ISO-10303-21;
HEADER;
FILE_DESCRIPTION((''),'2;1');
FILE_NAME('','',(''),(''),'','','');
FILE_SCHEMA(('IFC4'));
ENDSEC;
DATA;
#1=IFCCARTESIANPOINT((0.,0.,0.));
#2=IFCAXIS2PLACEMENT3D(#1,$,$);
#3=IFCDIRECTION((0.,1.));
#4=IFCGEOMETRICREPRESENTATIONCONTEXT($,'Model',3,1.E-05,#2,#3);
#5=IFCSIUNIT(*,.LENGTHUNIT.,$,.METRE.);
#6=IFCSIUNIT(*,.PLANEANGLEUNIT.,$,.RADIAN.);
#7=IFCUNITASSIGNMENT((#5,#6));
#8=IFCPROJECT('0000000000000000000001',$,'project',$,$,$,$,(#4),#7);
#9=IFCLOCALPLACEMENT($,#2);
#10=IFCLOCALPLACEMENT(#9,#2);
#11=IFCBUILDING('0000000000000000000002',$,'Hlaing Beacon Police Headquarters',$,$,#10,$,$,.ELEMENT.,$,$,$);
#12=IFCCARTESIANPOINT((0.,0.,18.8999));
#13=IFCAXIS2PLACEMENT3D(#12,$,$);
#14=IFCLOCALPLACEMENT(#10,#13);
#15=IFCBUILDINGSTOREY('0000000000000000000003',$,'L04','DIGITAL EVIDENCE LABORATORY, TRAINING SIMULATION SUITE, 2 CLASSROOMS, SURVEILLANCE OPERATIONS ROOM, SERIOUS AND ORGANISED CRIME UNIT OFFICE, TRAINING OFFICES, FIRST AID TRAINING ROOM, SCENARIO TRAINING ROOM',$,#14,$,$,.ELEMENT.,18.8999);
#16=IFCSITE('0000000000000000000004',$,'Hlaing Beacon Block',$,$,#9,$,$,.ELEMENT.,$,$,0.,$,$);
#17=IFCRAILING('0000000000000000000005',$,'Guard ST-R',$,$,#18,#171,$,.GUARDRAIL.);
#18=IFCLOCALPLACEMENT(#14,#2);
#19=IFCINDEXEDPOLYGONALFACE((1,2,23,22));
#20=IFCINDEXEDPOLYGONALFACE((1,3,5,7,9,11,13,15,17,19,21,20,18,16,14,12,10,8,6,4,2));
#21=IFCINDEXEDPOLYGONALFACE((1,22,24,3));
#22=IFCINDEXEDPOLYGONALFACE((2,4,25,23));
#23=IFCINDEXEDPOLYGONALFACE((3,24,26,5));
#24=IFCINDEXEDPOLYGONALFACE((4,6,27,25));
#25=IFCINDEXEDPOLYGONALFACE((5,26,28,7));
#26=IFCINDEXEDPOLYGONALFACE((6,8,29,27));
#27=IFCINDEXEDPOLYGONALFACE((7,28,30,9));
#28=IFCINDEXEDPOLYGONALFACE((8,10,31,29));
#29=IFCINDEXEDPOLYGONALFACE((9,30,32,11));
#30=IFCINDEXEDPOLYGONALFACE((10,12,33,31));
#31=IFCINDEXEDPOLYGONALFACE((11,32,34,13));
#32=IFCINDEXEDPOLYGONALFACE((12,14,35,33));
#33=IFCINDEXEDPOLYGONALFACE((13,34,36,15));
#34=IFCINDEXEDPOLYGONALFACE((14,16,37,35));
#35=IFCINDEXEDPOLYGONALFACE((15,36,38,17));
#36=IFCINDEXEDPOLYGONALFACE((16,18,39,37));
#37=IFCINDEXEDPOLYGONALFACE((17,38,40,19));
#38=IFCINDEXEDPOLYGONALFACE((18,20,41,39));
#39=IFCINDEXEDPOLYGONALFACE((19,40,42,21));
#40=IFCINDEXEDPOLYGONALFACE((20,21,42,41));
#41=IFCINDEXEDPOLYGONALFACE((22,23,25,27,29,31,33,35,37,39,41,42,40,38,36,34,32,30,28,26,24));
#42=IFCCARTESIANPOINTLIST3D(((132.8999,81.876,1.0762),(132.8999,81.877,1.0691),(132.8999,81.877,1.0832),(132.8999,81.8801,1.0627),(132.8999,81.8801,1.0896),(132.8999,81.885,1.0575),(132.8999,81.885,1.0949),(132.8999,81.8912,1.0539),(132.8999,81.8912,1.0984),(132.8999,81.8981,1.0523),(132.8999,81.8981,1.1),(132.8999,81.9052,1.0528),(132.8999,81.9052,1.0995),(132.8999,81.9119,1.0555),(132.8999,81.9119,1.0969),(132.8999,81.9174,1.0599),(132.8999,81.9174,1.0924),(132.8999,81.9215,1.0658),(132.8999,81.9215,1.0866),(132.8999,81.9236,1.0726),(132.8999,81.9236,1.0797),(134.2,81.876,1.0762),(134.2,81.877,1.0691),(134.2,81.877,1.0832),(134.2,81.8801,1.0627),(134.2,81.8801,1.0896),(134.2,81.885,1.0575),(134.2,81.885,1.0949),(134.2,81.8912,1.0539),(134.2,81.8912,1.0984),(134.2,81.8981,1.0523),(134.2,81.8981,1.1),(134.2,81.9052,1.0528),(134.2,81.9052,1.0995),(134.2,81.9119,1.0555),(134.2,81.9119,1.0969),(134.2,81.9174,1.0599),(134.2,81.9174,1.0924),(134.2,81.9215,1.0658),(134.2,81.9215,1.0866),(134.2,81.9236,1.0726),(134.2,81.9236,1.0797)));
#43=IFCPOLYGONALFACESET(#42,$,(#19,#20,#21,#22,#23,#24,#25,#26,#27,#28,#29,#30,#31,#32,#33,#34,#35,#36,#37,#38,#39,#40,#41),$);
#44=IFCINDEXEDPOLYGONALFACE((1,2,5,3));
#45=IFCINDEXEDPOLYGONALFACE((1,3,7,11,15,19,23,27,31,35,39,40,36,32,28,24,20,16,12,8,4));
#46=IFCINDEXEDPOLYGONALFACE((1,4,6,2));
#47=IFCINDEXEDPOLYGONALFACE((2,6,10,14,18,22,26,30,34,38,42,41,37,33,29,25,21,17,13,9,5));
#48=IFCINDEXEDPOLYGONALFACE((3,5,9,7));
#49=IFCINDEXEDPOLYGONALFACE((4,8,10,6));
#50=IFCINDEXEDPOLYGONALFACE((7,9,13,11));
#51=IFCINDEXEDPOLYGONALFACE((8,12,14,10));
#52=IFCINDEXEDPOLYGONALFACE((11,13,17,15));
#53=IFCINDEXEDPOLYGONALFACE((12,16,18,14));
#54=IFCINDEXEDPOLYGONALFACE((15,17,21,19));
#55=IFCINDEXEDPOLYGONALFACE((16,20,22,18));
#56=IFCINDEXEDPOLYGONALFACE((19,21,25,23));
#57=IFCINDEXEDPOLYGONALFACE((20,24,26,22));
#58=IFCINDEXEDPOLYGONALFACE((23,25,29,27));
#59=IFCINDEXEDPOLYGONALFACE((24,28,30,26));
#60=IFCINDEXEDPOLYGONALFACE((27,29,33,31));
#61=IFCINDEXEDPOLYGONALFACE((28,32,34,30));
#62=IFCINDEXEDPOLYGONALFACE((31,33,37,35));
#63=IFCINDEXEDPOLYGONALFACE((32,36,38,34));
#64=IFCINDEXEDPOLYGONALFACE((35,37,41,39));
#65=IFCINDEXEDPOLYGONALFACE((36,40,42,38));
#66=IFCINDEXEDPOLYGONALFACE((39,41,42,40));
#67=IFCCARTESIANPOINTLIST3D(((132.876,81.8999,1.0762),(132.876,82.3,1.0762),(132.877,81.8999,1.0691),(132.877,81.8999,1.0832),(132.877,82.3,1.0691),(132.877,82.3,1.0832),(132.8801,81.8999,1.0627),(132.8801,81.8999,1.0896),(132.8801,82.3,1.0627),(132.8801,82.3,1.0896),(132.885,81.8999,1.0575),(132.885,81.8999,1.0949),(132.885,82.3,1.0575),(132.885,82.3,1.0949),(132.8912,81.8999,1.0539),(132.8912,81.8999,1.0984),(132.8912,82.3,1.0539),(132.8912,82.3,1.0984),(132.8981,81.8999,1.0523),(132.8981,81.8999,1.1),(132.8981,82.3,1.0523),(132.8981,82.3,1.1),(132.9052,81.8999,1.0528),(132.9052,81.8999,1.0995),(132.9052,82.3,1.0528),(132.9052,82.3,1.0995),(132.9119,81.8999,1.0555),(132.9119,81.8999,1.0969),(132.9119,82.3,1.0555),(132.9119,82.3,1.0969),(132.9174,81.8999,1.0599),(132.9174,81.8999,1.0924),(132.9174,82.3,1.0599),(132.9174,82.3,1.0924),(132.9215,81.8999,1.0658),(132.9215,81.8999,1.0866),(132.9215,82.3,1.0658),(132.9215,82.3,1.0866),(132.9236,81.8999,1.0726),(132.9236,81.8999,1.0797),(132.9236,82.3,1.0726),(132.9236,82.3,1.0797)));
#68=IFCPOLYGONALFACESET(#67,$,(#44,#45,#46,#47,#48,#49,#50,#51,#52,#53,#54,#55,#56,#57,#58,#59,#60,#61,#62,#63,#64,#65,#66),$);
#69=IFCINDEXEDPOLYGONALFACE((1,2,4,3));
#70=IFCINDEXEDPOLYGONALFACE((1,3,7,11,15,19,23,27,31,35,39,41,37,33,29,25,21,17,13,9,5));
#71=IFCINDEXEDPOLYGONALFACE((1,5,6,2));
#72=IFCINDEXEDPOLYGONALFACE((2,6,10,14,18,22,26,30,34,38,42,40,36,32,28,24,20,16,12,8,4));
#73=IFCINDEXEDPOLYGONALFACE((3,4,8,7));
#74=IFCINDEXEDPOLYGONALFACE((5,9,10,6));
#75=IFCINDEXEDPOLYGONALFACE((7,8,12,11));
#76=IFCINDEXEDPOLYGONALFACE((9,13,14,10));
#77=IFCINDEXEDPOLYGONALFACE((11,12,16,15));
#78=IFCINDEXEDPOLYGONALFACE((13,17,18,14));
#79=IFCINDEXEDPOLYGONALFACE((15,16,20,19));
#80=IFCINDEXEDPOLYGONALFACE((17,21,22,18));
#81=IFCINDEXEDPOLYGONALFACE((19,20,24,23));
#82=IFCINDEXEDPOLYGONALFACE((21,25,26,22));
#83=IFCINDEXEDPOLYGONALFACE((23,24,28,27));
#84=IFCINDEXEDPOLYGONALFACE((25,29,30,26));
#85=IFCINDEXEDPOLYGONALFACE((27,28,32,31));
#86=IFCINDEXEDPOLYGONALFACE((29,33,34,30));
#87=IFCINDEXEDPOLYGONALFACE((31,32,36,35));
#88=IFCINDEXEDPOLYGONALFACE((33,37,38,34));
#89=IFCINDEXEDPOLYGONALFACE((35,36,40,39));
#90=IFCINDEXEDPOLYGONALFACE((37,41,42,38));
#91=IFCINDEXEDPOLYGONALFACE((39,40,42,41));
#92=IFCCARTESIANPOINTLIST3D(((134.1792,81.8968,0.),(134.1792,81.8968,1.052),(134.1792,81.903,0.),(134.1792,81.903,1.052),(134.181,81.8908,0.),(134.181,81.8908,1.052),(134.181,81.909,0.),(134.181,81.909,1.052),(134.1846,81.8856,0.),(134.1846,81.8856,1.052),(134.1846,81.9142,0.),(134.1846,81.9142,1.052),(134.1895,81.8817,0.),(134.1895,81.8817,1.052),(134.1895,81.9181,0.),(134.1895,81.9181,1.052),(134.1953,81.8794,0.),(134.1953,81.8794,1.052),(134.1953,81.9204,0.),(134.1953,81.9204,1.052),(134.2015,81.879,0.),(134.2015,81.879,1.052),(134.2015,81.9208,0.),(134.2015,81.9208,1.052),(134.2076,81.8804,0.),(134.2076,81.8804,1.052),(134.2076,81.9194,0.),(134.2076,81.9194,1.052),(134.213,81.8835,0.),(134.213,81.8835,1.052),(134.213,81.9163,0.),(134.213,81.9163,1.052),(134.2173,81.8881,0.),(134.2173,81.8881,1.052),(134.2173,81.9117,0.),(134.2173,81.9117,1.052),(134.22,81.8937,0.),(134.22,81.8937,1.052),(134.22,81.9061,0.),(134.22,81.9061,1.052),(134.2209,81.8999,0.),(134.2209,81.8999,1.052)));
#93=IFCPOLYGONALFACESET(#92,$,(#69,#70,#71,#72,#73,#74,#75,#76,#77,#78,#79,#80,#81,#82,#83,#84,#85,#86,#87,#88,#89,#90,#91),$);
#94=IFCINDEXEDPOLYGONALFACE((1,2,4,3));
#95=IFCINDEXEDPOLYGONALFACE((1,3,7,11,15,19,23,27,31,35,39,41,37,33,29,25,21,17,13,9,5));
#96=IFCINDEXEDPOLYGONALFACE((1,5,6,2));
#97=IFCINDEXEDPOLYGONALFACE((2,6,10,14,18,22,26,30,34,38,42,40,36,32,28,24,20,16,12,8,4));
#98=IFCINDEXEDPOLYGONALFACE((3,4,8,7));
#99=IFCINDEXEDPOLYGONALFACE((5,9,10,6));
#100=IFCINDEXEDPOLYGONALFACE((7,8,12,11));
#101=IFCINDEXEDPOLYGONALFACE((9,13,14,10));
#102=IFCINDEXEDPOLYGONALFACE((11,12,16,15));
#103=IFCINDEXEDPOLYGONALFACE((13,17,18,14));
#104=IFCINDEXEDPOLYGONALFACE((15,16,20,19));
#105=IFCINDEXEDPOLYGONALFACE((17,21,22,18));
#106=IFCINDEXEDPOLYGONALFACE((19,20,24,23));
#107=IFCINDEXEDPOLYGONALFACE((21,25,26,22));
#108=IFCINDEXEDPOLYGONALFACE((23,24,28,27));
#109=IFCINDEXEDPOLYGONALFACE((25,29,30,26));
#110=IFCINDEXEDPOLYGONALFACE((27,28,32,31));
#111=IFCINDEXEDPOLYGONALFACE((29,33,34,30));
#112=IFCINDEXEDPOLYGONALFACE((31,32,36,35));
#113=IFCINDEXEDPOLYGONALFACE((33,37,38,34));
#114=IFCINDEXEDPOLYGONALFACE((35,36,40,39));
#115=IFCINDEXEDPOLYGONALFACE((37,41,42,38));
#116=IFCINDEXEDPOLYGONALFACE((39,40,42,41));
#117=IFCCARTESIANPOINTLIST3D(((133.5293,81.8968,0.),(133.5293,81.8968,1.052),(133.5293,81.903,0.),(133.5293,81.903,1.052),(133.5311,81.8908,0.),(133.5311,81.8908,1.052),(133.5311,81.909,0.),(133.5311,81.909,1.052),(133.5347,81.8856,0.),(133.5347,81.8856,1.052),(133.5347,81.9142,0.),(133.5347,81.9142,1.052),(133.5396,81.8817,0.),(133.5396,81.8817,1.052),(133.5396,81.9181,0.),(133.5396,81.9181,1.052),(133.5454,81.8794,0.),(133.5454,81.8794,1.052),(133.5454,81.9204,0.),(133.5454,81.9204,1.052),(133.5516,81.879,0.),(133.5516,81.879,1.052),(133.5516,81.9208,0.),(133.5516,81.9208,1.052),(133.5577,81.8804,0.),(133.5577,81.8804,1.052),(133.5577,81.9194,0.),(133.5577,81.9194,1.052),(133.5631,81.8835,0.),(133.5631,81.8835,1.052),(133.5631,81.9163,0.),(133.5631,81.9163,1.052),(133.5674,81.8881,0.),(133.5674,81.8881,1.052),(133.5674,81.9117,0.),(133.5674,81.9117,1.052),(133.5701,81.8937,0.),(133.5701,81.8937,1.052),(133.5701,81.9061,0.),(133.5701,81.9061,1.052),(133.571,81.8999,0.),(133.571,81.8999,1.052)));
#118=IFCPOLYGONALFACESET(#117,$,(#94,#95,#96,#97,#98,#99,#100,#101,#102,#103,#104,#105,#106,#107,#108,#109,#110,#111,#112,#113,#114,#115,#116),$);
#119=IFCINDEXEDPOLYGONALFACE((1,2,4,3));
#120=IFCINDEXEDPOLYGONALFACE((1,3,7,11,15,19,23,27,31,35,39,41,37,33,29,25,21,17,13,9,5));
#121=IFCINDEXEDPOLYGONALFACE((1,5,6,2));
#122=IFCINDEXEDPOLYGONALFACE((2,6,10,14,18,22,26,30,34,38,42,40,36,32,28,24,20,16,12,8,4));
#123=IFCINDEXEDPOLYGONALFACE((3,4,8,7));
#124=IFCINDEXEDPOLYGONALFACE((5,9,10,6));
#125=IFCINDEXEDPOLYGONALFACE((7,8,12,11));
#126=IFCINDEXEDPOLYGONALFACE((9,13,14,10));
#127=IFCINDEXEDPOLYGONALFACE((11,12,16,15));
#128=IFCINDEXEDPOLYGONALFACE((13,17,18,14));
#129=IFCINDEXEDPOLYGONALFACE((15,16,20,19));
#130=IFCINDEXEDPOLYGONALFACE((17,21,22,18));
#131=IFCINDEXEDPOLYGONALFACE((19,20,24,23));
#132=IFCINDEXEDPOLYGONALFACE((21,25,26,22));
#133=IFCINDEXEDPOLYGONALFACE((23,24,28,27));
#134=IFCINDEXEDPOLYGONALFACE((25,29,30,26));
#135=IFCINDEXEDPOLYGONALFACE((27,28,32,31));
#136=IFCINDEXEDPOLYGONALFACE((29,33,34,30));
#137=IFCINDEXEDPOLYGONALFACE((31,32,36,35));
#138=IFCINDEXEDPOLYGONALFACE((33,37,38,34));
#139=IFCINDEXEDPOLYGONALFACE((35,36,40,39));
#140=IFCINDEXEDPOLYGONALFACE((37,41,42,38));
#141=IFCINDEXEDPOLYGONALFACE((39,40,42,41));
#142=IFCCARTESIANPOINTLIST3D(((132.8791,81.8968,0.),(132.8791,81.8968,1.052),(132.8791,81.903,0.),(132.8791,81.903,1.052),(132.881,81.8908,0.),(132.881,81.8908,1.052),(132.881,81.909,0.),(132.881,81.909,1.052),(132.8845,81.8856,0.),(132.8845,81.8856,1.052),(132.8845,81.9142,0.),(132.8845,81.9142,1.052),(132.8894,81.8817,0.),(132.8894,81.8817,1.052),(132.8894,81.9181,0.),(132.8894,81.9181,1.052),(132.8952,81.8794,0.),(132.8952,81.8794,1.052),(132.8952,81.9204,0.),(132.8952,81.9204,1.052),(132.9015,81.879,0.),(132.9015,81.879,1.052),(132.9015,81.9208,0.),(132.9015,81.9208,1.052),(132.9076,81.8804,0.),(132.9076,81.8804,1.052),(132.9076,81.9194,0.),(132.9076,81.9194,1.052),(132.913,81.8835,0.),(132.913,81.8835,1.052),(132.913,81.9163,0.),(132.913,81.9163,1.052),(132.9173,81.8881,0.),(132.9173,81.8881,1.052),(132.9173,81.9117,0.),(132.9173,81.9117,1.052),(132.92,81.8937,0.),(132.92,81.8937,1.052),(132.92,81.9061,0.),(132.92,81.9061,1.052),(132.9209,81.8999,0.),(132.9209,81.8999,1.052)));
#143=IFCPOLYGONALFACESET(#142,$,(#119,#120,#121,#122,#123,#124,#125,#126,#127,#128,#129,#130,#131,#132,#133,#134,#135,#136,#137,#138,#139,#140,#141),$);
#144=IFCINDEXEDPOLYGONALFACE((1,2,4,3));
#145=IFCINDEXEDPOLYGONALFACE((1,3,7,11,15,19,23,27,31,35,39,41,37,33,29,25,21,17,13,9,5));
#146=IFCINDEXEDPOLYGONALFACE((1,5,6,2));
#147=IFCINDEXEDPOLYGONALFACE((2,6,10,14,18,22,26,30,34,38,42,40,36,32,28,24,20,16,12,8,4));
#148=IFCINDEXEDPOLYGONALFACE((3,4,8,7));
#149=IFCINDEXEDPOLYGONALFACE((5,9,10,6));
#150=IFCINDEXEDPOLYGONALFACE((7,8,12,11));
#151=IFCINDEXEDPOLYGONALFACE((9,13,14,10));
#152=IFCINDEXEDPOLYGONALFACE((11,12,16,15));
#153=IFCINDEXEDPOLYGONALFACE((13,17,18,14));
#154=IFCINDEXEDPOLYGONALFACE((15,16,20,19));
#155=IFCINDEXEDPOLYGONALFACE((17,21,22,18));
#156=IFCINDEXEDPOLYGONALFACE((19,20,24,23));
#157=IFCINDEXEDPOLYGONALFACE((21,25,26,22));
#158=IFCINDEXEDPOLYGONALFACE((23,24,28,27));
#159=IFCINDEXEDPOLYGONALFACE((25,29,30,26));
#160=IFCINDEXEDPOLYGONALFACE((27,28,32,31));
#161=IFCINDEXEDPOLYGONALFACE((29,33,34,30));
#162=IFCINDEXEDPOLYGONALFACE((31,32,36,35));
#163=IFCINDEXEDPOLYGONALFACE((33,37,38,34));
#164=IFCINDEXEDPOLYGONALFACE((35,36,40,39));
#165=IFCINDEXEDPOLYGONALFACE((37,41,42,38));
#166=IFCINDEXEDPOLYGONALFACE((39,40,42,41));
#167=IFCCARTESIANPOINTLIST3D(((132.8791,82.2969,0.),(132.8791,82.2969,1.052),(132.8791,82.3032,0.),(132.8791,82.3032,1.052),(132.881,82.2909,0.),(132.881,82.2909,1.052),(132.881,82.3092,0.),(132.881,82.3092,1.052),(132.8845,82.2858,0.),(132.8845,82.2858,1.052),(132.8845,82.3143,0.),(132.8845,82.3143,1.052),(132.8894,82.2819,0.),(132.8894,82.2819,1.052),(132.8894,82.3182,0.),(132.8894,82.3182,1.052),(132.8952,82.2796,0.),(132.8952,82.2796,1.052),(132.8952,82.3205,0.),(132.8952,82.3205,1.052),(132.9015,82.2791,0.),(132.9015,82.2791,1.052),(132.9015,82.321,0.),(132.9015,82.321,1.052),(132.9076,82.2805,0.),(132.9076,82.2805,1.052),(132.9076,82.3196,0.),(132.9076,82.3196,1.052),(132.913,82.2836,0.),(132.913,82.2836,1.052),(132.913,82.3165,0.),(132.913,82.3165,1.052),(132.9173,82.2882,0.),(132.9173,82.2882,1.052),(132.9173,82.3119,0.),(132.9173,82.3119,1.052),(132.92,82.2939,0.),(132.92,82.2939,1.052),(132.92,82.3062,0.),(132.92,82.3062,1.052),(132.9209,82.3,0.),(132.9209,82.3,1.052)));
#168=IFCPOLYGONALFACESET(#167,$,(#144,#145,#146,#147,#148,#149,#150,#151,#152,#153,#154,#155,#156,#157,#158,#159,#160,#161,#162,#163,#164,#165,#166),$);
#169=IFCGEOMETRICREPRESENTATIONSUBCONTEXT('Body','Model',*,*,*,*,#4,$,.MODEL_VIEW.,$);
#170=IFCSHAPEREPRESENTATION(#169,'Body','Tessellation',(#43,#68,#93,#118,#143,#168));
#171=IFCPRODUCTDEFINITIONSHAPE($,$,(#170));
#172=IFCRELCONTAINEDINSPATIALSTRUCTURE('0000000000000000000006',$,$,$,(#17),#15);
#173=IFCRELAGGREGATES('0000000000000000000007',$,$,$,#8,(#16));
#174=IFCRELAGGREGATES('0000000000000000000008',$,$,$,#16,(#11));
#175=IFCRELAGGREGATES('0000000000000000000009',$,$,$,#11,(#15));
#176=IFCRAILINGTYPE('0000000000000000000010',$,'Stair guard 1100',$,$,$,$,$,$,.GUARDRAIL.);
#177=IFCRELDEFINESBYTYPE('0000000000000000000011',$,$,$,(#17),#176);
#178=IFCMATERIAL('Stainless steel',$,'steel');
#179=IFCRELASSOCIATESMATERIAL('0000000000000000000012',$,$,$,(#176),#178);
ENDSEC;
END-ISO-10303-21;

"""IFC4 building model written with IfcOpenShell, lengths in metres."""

from ifc_helpers import new_model, si_unit, direction, frame, origin, origin_2d, place, context, subcontext, project, spatial, circle, extrude, material, type_object, element, save


model = new_model("IFC4")

# Units and contexts
model_context = context("Model", 3, precision=1e-05, world=origin(), true_north=direction((0.0, 1.0)))
body_context = subcontext(model_context, "Body", "Model", "MODEL_VIEW")
ifc_project = project(units=[si_unit("LENGTHUNIT", "METRE"), si_unit("PLANEANGLEUNIT", "RADIAN")], contexts=[model_context])

# Site, building, storey
site_placement = place(None, origin())
site = spatial("IfcSite", under=ifc_project, at=site_placement, Name="Hlaing Beacon Block", CompositionType="ELEMENT", RefElevation=0.0)
building_placement = place(site_placement, origin())
building = spatial("IfcBuilding", under=site, at=building_placement, Name="Hlaing Beacon Police Headquarters", CompositionType="ELEMENT")
storey_placement = place(building_placement, frame((0.0, 0.0, 18.8999)))
storey = spatial("IfcBuildingStorey", under=building, at=storey_placement, Name="L04", Description="DIGITAL EVIDENCE LABORATORY, TRAINING SIMULATION SUITE, 2 CLASSROOMS, SURVEILLANCE OPERATIONS ROOM, SERIOUS AND ORGANISED CRIME UNIT OFFICE, TRAINING OFFICES, FIRST AID TRAINING ROOM, SCENARIO TRAINING ROOM", CompositionType="ELEMENT", Elevation=18.8999)

# Railing
ifc_material_1 = material(Name="Stainless steel", Category="steel")
railing_type = type_object("IfcRailingType", Name="Stair guard 1100", PredefinedType="GUARDRAIL", material=ifc_material_1)
railing_placement = place(storey_placement, frame((134.2, 81.8999, 0.0)))
element("IfcRailing", 1, at=railing_placement, inside=storey, type_object=railing_type, Name="Guard ST-R", PredefinedType="GUARDRAIL", context=body_context, shape_type="SweptSolid", body=[
    extrude(circle(Radius=0.0239, at=origin_2d()), frame((0.0, 0.0, 1.0762), z_axis=(-1.0, 0.0, 0.0), x_axis=(0.0, -1.0, 0.0)), (0.0, 0.0, 1.0), 1.3),
    extrude(circle(Radius=0.0239, at=origin_2d()), frame((-1.3, 0.0, 1.0762), z_axis=(0.0, 1.0, 0.0), x_axis=(-1.0, 0.0, 0.0)), (0.0, 0.0, 1.0), 0.4001),
    extrude(circle(Radius=0.021, at=origin_2d()), origin(), (0.0, 0.0, 1.0), 1.052),
    extrude(circle(Radius=0.021, at=origin_2d()), frame((-0.6499, 0.0, 0.0)), (0.0, 0.0, 1.0), 1.052),
    extrude(circle(Radius=0.021, at=origin_2d()), frame((-1.3, 0.0, 0.0)), (0.0, 0.0, 1.0), 1.052),
    extrude(circle(Radius=0.021, at=origin_2d()), frame((-1.3, 0.4001, 0.0)), (0.0, 0.0, 1.0), 1.052),
])

save(model, "model.ifc")
